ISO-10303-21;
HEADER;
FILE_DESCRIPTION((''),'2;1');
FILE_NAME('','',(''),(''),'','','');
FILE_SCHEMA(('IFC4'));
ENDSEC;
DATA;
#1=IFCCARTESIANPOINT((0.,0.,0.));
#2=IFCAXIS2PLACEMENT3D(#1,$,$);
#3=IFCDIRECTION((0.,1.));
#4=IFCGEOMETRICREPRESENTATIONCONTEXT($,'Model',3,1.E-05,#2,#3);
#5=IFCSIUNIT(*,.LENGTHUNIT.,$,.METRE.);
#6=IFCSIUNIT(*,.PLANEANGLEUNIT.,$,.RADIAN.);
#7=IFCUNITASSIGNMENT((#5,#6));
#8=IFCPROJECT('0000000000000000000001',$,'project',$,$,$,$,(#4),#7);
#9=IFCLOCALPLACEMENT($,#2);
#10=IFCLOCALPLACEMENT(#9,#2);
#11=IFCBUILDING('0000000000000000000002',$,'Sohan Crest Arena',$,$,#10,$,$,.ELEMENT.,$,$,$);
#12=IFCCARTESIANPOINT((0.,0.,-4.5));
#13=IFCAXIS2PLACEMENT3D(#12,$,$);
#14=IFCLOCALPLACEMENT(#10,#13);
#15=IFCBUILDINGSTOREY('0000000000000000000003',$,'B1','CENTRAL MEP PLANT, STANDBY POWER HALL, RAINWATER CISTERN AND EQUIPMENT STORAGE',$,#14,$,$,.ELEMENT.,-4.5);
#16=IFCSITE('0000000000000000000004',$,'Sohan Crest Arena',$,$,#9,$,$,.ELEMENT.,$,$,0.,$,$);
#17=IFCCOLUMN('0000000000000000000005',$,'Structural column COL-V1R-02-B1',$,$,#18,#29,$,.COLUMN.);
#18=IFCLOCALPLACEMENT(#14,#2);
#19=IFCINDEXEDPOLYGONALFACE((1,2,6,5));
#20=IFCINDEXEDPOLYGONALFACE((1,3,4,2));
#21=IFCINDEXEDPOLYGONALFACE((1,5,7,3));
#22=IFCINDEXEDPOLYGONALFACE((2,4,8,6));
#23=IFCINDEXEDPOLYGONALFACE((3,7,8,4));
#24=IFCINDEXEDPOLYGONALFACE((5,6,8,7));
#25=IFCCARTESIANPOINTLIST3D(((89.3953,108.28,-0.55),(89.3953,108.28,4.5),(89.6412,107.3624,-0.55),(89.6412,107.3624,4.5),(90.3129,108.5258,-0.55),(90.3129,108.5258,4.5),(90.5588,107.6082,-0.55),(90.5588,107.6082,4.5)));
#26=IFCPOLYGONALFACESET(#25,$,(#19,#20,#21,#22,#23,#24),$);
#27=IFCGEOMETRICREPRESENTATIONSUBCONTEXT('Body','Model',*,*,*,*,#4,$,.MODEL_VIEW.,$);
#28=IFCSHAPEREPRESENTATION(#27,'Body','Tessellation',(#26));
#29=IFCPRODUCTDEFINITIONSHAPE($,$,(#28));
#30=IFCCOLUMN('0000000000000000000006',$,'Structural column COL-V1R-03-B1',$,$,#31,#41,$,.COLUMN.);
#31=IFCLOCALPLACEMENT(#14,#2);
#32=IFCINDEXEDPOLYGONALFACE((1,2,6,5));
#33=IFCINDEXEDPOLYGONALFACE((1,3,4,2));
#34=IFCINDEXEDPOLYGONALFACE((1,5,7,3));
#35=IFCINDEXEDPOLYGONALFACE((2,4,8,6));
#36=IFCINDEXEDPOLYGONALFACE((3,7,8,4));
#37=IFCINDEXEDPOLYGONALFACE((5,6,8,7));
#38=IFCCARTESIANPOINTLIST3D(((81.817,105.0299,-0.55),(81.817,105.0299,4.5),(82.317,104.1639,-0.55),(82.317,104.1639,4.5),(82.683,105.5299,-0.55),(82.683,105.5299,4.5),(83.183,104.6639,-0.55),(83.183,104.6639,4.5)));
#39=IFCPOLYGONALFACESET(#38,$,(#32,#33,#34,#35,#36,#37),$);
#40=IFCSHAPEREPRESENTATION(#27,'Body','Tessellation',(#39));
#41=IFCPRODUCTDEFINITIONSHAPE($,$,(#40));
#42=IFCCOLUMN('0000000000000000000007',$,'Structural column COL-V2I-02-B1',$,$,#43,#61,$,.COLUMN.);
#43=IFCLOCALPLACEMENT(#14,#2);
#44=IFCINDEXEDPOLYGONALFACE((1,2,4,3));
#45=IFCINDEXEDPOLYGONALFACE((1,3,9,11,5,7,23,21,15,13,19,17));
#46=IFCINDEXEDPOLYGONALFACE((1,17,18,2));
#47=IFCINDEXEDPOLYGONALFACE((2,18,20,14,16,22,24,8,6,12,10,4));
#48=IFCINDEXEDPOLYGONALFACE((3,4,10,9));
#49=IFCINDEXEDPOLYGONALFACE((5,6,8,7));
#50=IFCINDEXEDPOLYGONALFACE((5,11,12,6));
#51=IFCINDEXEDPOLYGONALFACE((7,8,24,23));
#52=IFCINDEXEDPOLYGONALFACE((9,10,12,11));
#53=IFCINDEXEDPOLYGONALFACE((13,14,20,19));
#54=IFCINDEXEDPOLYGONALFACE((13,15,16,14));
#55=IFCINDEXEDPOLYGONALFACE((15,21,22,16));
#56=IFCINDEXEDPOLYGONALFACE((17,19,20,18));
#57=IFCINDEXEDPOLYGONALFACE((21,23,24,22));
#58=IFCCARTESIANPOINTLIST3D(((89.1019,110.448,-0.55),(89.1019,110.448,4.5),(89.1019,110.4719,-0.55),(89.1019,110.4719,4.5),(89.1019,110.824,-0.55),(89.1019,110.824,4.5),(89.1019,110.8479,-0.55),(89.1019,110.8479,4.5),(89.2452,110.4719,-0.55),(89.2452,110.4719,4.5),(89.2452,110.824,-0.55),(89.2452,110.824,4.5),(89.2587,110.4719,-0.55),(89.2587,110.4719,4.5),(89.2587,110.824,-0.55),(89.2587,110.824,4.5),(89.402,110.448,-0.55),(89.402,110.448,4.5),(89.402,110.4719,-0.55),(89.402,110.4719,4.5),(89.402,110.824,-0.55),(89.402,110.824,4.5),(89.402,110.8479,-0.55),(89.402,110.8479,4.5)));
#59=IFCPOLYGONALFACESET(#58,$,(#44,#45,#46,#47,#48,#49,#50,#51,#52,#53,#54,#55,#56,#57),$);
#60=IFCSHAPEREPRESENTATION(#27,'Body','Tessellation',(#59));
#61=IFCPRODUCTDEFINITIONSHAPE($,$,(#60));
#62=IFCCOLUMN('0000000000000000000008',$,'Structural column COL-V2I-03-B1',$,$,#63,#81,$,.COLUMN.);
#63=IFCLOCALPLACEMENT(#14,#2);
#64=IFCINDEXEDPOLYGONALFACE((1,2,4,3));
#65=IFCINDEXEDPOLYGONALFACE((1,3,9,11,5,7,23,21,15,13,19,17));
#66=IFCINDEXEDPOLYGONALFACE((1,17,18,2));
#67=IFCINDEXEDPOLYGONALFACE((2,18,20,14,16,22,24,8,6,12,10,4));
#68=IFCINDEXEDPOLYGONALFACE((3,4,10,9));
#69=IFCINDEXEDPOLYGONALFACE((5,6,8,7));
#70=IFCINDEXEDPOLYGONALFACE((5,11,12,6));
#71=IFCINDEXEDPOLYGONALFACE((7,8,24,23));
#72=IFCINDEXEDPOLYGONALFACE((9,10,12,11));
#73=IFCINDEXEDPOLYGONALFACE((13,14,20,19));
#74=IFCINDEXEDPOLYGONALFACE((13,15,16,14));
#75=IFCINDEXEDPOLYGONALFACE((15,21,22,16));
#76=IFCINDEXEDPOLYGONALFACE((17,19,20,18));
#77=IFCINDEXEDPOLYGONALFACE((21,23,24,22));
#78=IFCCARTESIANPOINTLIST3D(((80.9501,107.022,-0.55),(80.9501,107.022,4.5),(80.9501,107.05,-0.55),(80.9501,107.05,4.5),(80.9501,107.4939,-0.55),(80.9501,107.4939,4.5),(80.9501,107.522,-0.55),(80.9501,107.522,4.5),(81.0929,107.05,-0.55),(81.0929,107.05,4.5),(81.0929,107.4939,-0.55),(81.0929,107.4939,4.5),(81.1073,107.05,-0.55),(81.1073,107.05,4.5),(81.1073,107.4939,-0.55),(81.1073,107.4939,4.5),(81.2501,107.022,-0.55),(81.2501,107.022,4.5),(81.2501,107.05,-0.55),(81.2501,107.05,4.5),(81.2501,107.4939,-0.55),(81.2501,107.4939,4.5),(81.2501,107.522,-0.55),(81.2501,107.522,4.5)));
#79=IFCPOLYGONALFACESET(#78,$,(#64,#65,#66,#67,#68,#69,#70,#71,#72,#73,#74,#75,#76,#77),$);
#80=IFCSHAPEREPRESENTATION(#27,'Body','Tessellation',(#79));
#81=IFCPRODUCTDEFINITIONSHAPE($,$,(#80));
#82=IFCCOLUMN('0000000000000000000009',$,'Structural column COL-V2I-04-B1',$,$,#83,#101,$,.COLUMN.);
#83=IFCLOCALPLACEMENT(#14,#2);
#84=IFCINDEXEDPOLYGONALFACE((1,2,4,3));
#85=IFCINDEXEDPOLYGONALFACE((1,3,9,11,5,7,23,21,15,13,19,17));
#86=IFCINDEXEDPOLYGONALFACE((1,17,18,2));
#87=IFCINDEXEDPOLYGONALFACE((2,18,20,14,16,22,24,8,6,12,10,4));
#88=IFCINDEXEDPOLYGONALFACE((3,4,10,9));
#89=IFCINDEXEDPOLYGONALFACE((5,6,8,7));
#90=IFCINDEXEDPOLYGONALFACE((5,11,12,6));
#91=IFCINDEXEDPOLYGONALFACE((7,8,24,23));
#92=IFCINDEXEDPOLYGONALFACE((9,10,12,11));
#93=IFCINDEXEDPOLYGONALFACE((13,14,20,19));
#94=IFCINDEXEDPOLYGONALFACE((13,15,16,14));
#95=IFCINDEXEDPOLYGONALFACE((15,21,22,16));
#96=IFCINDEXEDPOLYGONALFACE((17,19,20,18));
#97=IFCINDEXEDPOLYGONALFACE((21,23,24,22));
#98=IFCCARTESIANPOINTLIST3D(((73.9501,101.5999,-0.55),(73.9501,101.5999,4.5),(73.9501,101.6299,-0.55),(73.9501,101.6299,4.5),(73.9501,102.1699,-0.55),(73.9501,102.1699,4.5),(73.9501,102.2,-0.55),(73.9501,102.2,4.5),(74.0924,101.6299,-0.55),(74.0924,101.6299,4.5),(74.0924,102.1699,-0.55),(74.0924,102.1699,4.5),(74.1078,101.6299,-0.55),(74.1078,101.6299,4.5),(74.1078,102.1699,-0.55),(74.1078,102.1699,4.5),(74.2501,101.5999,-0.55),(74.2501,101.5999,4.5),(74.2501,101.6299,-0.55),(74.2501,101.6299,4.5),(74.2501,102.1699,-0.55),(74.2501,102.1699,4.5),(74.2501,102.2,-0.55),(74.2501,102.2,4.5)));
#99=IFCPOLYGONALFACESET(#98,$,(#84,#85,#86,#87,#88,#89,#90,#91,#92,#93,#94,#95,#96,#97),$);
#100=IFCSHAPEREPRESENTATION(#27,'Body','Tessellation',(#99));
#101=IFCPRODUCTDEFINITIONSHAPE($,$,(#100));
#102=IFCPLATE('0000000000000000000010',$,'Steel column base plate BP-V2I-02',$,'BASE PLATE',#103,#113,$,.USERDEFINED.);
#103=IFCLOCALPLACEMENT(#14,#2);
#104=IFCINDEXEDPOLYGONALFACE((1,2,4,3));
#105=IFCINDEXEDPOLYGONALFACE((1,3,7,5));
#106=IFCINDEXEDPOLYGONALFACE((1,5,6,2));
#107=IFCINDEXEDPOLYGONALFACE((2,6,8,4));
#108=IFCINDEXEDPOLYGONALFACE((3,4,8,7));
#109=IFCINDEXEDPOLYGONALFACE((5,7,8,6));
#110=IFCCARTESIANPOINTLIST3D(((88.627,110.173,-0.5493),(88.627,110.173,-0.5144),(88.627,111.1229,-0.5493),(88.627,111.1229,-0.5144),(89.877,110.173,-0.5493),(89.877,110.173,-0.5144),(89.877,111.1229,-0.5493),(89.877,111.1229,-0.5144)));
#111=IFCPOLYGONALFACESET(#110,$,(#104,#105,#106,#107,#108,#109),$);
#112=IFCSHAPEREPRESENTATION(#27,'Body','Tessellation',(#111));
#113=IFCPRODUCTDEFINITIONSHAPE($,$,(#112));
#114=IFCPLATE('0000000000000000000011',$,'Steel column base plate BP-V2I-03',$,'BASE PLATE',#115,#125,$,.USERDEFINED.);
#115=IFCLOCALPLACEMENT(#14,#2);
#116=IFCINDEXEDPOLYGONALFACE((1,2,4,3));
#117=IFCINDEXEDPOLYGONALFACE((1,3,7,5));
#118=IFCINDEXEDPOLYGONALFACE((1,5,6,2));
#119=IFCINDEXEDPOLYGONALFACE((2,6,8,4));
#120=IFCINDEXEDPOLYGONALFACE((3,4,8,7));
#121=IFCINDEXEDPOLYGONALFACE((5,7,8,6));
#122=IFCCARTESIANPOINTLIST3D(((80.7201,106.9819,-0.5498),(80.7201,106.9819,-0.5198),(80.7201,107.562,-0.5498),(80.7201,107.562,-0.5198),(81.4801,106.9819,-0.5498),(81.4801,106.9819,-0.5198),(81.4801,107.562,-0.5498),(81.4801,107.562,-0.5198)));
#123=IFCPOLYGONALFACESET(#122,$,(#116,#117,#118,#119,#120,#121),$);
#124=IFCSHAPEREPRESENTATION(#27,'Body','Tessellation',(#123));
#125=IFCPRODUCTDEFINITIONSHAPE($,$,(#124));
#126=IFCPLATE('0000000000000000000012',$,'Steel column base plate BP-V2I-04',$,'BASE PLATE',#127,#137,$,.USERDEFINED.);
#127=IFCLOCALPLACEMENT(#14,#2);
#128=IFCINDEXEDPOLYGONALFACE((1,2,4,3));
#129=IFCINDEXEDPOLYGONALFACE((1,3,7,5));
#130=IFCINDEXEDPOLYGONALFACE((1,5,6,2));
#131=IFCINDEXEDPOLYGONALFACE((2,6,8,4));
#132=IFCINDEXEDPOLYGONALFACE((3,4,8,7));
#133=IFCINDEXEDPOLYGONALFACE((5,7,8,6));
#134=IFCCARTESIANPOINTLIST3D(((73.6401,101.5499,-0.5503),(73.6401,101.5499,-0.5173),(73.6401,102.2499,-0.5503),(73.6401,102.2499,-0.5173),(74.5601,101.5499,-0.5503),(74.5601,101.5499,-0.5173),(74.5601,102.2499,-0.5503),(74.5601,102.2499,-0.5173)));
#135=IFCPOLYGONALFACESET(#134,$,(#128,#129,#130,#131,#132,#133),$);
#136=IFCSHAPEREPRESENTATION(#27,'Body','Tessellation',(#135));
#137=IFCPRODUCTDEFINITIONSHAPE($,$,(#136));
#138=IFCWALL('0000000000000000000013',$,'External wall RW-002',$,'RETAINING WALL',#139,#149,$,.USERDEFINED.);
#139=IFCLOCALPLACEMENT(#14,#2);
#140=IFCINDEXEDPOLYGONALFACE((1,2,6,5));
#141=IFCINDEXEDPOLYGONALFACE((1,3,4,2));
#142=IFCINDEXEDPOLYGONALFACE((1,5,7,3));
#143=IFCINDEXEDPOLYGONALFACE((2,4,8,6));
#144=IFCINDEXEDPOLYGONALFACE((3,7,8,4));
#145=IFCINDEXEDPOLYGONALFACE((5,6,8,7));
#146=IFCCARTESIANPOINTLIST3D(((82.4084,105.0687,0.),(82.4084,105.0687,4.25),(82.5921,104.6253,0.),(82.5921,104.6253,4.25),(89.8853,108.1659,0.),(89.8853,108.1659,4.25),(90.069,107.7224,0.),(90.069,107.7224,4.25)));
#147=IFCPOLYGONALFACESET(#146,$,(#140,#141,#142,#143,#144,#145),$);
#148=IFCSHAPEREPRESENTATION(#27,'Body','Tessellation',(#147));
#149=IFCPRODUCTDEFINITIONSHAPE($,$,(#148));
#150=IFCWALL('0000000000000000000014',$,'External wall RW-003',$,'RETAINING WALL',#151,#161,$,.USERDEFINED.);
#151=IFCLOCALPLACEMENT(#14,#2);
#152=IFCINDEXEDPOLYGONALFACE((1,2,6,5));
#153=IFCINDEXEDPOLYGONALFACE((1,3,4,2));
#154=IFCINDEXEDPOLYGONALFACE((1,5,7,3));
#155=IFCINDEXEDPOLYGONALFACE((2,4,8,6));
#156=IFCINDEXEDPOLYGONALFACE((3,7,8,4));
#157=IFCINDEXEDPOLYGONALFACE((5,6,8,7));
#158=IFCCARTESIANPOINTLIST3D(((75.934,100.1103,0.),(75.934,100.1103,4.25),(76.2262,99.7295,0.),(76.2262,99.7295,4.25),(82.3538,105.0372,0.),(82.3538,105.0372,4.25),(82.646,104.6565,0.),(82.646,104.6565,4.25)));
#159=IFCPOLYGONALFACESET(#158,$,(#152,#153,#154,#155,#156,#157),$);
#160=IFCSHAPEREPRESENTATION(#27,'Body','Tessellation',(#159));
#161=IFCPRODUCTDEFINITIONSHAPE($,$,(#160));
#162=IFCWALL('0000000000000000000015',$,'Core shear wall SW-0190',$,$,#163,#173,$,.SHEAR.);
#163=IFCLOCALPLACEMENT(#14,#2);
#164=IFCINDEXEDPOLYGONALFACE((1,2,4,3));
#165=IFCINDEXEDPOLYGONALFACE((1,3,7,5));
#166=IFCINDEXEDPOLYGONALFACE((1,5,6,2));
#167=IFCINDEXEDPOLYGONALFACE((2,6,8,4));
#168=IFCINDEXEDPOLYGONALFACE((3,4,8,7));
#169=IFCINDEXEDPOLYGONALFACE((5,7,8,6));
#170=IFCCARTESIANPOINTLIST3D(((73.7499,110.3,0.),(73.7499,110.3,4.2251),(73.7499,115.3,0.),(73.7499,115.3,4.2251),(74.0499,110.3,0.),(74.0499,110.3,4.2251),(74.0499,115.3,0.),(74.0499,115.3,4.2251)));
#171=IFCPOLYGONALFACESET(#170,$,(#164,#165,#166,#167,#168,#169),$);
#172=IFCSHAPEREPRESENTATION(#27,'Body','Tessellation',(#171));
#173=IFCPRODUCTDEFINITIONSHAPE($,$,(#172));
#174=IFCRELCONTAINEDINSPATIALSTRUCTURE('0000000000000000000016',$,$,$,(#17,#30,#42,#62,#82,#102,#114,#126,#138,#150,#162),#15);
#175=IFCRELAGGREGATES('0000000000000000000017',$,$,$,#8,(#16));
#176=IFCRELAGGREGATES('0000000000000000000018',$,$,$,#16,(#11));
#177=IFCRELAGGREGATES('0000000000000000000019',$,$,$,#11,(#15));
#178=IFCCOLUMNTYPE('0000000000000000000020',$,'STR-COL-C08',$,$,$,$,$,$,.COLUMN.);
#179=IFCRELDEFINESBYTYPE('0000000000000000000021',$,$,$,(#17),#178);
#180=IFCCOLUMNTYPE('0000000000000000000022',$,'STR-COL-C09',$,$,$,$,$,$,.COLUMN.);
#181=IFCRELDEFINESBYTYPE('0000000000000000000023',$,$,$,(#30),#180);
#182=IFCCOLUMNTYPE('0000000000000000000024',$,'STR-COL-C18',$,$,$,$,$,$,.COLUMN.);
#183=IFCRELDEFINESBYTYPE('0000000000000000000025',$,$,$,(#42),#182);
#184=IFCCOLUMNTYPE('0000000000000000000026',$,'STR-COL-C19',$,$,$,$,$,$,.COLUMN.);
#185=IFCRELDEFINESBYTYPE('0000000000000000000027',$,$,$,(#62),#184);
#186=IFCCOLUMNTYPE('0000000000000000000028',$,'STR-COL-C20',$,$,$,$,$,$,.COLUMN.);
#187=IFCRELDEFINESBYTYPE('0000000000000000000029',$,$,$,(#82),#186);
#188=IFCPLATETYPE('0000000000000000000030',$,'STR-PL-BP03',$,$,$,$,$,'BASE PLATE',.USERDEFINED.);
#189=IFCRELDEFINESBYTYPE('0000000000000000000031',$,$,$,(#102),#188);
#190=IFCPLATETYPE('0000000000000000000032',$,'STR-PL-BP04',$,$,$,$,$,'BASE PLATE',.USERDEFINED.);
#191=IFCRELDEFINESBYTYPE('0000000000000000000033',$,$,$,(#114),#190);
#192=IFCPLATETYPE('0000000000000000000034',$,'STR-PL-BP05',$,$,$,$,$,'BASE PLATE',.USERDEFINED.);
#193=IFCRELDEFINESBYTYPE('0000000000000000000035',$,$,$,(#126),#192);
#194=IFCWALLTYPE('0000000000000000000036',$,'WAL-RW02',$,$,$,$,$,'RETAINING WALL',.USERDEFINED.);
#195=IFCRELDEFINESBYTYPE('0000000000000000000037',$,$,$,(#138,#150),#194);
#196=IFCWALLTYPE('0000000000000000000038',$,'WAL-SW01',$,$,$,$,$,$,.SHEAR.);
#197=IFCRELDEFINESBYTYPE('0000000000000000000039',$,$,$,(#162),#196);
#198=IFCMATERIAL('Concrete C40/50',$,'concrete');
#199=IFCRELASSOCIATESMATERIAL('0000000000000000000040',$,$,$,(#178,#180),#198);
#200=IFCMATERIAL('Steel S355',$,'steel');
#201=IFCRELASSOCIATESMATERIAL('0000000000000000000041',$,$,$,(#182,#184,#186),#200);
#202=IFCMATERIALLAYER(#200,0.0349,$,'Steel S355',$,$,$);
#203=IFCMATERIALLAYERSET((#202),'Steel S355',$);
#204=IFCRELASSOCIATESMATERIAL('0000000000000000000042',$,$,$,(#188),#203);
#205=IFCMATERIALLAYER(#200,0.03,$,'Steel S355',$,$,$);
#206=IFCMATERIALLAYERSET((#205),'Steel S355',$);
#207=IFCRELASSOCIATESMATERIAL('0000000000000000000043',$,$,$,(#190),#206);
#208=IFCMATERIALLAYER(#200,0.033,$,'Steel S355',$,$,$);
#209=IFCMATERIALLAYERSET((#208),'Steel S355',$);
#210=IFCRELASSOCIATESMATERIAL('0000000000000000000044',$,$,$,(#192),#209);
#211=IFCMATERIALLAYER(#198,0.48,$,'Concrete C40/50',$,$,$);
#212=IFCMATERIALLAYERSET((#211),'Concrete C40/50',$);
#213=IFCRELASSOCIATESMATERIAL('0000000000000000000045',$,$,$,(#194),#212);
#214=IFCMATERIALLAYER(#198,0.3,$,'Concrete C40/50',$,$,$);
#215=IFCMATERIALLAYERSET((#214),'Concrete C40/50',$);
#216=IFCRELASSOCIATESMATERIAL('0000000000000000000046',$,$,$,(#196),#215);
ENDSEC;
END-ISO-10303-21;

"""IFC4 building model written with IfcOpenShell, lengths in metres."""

from ifc_helpers import new_model, si_unit, direction, frame, frame_2d, origin, origin_2d, place, context, subcontext, project, spatial, rectangle, i_section, extrude, material, layer, layer_set, material_profile, profile_set, type_object, element, save


model = new_model("IFC4")

# Units and contexts
model_context = context("Model", 3, precision=1e-05, world=origin(), true_north=direction((0.0, 1.0)))
body_context = subcontext(model_context, "Body", "Model", "MODEL_VIEW")
ifc_project = project(units=[si_unit("LENGTHUNIT", "METRE"), si_unit("PLANEANGLEUNIT", "RADIAN")], contexts=[model_context])

# Site, building, storey
site_placement = place(None, origin())
site = spatial("IfcSite", under=ifc_project, at=site_placement, Name="Sohan Crest Arena", CompositionType="ELEMENT", RefElevation=0.0)
building_placement = place(site_placement, origin())
building = spatial("IfcBuilding", under=site, at=building_placement, Name="Sohan Crest Arena", CompositionType="ELEMENT")
storey_placement = place(building_placement, frame((0.0, 0.0, -4.5)))
storey = spatial("IfcBuildingStorey", under=building, at=storey_placement, Name="B1", Description="CENTRAL MEP PLANT, STANDBY POWER HALL, RAINWATER CISTERN AND EQUIPMENT STORAGE", CompositionType="ELEMENT", Elevation=-4.5)

# Columns
ifc_material_1 = material(Name="Concrete C40/50", Category="concrete")
ifc_material_profile_1 = material_profile(ifc_material_1, rectangle(XDim=0.95, YDim=0.95, at=origin_2d()), Name="RC 950x950")
ifc_profile_set_1 = profile_set([ifc_material_profile_1], Name="Concrete C40/50")
column_type_1 = type_object("IfcColumnType", Name="STR-COL-C08", PredefinedType="COLUMN", material=ifc_profile_set_1)
column_1_placement = place(storey_placement, frame((89.9771, 107.9441, -0.55), z_axis=(0.0, 0.0, 1.0), x_axis=(-0.258819, 0.965926, 0.0)))
element("IfcColumn", 1, at=column_1_placement, inside=storey, type_object=column_type_1, Name="Structural column COL-V1R-02-B1", PredefinedType="COLUMN", context=body_context, shape_type="SweptSolid", body=[
    extrude(rectangle(XDim=0.95, YDim=0.95, at=origin_2d()), origin(), (0.0, 0.0, 1.0), 5.05),
])
ifc_material_profile_2 = material_profile(ifc_material_1, rectangle(XDim=1.0, YDim=1.0, at=origin_2d()), Name="RC 1000x1000")
ifc_profile_set_2 = profile_set([ifc_material_profile_2], Name="Concrete C40/50")
column_type_2 = type_object("IfcColumnType", Name="STR-COL-C09", PredefinedType="COLUMN", material=ifc_profile_set_2)
column_2_placement = place(storey_placement, frame((82.5, 104.8469, -0.55), z_axis=(0.0, 0.0, 1.0), x_axis=(-0.5, 0.866025, 0.0)))
element("IfcColumn", 2, at=column_2_placement, inside=storey, type_object=column_type_2, Name="Structural column COL-V1R-03-B1", PredefinedType="COLUMN", context=body_context, shape_type="SweptSolid", body=[
    extrude(rectangle(XDim=1.0, YDim=1.0, at=origin_2d()), origin(), (0.0, 0.0, 1.0), 5.05),
])
ifc_material_2 = material(Name="Steel S355", Category="steel")
ifc_material_profile_3 = material_profile(ifc_material_2, i_section(OverallWidth=0.3, OverallDepth=0.3999, WebThickness=0.0134, FlangeThickness=0.0239, at=origin_2d()), Name="HEB 400")
ifc_profile_set_3 = profile_set([ifc_material_profile_3], Name="Steel S355")
column_type_3 = type_object("IfcColumnType", Name="STR-COL-C18", PredefinedType="COLUMN", material=ifc_profile_set_3)
column_3_placement = place(storey_placement, frame((89.252, 110.6479, -0.55), z_axis=(0.0, 0.0, 1.0), x_axis=(1.0, 0.0, 0.0)))
element("IfcColumn", 3, at=column_3_placement, inside=storey, type_object=column_type_3, Name="Structural column COL-V2I-02-B1", PredefinedType="COLUMN", context=body_context, shape_type="SweptSolid", body=[
    extrude(i_section(OverallWidth=0.3, OverallDepth=0.3999, WebThickness=0.0134, FlangeThickness=0.0239, at=origin_2d()), origin(), (0.0, 0.0, 1.0), 5.05),
])
ifc_material_profile_4 = material_profile(ifc_material_2, i_section(OverallWidth=0.3, OverallDepth=0.5, WebThickness=0.0144, FlangeThickness=0.0281, at=origin_2d()), Name="HEB 500")
ifc_profile_set_4 = profile_set([ifc_material_profile_4], Name="Steel S355")
column_type_4 = type_object("IfcColumnType", Name="STR-COL-C19", PredefinedType="COLUMN", material=ifc_profile_set_4)
column_4_placement = place(storey_placement, frame((81.1001, 107.272, -0.55), z_axis=(0.0, 0.0, 1.0), x_axis=(1.0, 0.0, 0.0)))
element("IfcColumn", 4, at=column_4_placement, inside=storey, type_object=column_type_4, Name="Structural column COL-V2I-03-B1", PredefinedType="COLUMN", context=body_context, shape_type="SweptSolid", body=[
    extrude(i_section(OverallWidth=0.3, OverallDepth=0.5, WebThickness=0.0144, FlangeThickness=0.0281, at=origin_2d()), origin(), (0.0, 0.0, 1.0), 5.05),
])
ifc_material_profile_5 = material_profile(ifc_material_2, i_section(OverallWidth=0.3, OverallDepth=0.6001, WebThickness=0.0154, FlangeThickness=0.03, at=origin_2d()), Name="HEB 600")
ifc_profile_set_5 = profile_set([ifc_material_profile_5], Name="Steel S355")
column_type_5 = type_object("IfcColumnType", Name="STR-COL-C20", PredefinedType="COLUMN", material=ifc_profile_set_5)
column_5_placement = place(storey_placement, frame((74.1001, 101.8999, -0.55), z_axis=(0.0, 0.0, 1.0), x_axis=(1.0, 0.0, 0.0)))
element("IfcColumn", 5, at=column_5_placement, inside=storey, type_object=column_type_5, Name="Structural column COL-V2I-04-B1", PredefinedType="COLUMN", context=body_context, shape_type="SweptSolid", body=[
    extrude(i_section(OverallWidth=0.3, OverallDepth=0.6001, WebThickness=0.0154, FlangeThickness=0.03, at=origin_2d()), origin(), (0.0, 0.0, 1.0), 5.05),
])

# Plates
ifc_layer_1 = layer(ifc_material_2, 0.0349, Name="Steel S355")
ifc_layer_set_1 = layer_set([ifc_layer_1], Name="Steel S355")
plate_type_1 = type_object("IfcPlateType", Name="STR-PL-BP03", ElementType="BASE PLATE", PredefinedType="USERDEFINED", material=ifc_layer_set_1)
plate_1_placement = place(storey_placement, frame((89.252, 110.6479, -0.5493), z_axis=(0.0, 0.0, 1.0), x_axis=(1.0, 0.0, 0.0)))
element("IfcPlate", 6, at=plate_1_placement, inside=storey, type_object=plate_type_1, Name="Steel column base plate BP-V2I-02", ObjectType="BASE PLATE", PredefinedType="USERDEFINED", context=body_context, shape_type="SweptSolid", body=[
    extrude(rectangle(XDim=1.25, YDim=0.95, at=origin_2d()), origin(), (0.0, 0.0, 1.0), 0.0349),
])
ifc_layer_2 = layer(ifc_material_2, 0.03, Name="Steel S355")
ifc_layer_set_2 = layer_set([ifc_layer_2], Name="Steel S355")
plate_type_2 = type_object("IfcPlateType", Name="STR-PL-BP04", ElementType="BASE PLATE", PredefinedType="USERDEFINED", material=ifc_layer_set_2)
plate_2_placement = place(storey_placement, frame((81.1001, 107.272, -0.5498), z_axis=(0.0, 0.0, 1.0), x_axis=(1.0, 0.0, 0.0)))
element("IfcPlate", 7, at=plate_2_placement, inside=storey, type_object=plate_type_2, Name="Steel column base plate BP-V2I-03", ObjectType="BASE PLATE", PredefinedType="USERDEFINED", context=body_context, shape_type="SweptSolid", body=[
    extrude(rectangle(XDim=0.76, YDim=0.5801, at=origin_2d()), origin(), (0.0, 0.0, 1.0), 0.03),
])
ifc_layer_3 = layer(ifc_material_2, 0.033, Name="Steel S355")
ifc_layer_set_3 = layer_set([ifc_layer_3], Name="Steel S355")
plate_type_3 = type_object("IfcPlateType", Name="STR-PL-BP05", ElementType="BASE PLATE", PredefinedType="USERDEFINED", material=ifc_layer_set_3)
plate_3_placement = place(storey_placement, frame((74.1001, 101.8999, -0.5503), z_axis=(0.0, 0.0, 1.0), x_axis=(1.0, 0.0, 0.0)))
element("IfcPlate", 8, at=plate_3_placement, inside=storey, type_object=plate_type_3, Name="Steel column base plate BP-V2I-04", ObjectType="BASE PLATE", PredefinedType="USERDEFINED", context=body_context, shape_type="SweptSolid", body=[
    extrude(rectangle(XDim=0.9199, YDim=0.7, at=origin_2d()), origin(), (0.0, 0.0, 1.0), 0.033),
])

# Walls
ifc_layer_4 = layer(ifc_material_1, 0.48, Name="Concrete C40/50")
ifc_layer_set_4 = layer_set([ifc_layer_4], Name="Concrete C40/50")
wall_type_1 = type_object("IfcWallType", Name="WAL-RW02", ElementType="RETAINING WALL", PredefinedType="USERDEFINED", material=ifc_layer_set_4)
wall_1_placement = place(storey_placement, frame((89.9771, 107.9441, 0.0), z_axis=(0.0, 0.0, 1.0), x_axis=(-0.923876, -0.382691, 0.0)))
element("IfcWall", 9, at=wall_1_placement, inside=storey, type_object=wall_type_1, Name="External wall RW-002", ObjectType="RETAINING WALL", PredefinedType="USERDEFINED", context=body_context, shape_type="SweptSolid", body=[
    extrude(rectangle(XDim=8.093, YDim=0.48, at=frame_2d((4.0464, 0.0))), origin(), (0.0, 0.0, 1.0), 4.25),
])
wall_2_placement = place(storey_placement, frame((82.5, 104.8469, 0.0), z_axis=(0.0, 0.0, 1.0), x_axis=(-0.793304, -0.608825, 0.0)))
element("IfcWall", 10, at=wall_2_placement, inside=storey, type_object=wall_type_1, Name="External wall RW-003", ObjectType="RETAINING WALL", PredefinedType="USERDEFINED", context=body_context, shape_type="SweptSolid", body=[
    extrude(rectangle(XDim=8.0925, YDim=0.48, at=frame_2d((4.0464, 0.0))), origin(), (0.0, 0.0, 1.0), 4.25),
])
ifc_layer_5 = layer(ifc_material_1, 0.3, Name="Concrete C40/50")
ifc_layer_set_5 = layer_set([ifc_layer_5], Name="Concrete C40/50")
wall_type_2 = type_object("IfcWallType", Name="WAL-SW01", PredefinedType="SHEAR", material=ifc_layer_set_5)
for number, where, z_axis, x_axis, name in (
    (11, (73.8999, 110.3, 0.0), (0.0, 0.0, 1.0), (0.0, 1.0, 0.0), "Core shear wall SW-0190"),
):
    element("IfcWall", number, at=place(storey_placement, frame(where, z_axis=z_axis, x_axis=x_axis)), inside=storey, type_object=wall_type_2, Name=name, PredefinedType="SHEAR", context=body_context, shape_type="SweptSolid", body=[
        extrude(rectangle(XDim=5.0, YDim=0.3, at=frame_2d((2.5, 0.0))), origin(), (0.0, 0.0, 1.0), 4.2251),
    ])

save(model, "model.ifc")
